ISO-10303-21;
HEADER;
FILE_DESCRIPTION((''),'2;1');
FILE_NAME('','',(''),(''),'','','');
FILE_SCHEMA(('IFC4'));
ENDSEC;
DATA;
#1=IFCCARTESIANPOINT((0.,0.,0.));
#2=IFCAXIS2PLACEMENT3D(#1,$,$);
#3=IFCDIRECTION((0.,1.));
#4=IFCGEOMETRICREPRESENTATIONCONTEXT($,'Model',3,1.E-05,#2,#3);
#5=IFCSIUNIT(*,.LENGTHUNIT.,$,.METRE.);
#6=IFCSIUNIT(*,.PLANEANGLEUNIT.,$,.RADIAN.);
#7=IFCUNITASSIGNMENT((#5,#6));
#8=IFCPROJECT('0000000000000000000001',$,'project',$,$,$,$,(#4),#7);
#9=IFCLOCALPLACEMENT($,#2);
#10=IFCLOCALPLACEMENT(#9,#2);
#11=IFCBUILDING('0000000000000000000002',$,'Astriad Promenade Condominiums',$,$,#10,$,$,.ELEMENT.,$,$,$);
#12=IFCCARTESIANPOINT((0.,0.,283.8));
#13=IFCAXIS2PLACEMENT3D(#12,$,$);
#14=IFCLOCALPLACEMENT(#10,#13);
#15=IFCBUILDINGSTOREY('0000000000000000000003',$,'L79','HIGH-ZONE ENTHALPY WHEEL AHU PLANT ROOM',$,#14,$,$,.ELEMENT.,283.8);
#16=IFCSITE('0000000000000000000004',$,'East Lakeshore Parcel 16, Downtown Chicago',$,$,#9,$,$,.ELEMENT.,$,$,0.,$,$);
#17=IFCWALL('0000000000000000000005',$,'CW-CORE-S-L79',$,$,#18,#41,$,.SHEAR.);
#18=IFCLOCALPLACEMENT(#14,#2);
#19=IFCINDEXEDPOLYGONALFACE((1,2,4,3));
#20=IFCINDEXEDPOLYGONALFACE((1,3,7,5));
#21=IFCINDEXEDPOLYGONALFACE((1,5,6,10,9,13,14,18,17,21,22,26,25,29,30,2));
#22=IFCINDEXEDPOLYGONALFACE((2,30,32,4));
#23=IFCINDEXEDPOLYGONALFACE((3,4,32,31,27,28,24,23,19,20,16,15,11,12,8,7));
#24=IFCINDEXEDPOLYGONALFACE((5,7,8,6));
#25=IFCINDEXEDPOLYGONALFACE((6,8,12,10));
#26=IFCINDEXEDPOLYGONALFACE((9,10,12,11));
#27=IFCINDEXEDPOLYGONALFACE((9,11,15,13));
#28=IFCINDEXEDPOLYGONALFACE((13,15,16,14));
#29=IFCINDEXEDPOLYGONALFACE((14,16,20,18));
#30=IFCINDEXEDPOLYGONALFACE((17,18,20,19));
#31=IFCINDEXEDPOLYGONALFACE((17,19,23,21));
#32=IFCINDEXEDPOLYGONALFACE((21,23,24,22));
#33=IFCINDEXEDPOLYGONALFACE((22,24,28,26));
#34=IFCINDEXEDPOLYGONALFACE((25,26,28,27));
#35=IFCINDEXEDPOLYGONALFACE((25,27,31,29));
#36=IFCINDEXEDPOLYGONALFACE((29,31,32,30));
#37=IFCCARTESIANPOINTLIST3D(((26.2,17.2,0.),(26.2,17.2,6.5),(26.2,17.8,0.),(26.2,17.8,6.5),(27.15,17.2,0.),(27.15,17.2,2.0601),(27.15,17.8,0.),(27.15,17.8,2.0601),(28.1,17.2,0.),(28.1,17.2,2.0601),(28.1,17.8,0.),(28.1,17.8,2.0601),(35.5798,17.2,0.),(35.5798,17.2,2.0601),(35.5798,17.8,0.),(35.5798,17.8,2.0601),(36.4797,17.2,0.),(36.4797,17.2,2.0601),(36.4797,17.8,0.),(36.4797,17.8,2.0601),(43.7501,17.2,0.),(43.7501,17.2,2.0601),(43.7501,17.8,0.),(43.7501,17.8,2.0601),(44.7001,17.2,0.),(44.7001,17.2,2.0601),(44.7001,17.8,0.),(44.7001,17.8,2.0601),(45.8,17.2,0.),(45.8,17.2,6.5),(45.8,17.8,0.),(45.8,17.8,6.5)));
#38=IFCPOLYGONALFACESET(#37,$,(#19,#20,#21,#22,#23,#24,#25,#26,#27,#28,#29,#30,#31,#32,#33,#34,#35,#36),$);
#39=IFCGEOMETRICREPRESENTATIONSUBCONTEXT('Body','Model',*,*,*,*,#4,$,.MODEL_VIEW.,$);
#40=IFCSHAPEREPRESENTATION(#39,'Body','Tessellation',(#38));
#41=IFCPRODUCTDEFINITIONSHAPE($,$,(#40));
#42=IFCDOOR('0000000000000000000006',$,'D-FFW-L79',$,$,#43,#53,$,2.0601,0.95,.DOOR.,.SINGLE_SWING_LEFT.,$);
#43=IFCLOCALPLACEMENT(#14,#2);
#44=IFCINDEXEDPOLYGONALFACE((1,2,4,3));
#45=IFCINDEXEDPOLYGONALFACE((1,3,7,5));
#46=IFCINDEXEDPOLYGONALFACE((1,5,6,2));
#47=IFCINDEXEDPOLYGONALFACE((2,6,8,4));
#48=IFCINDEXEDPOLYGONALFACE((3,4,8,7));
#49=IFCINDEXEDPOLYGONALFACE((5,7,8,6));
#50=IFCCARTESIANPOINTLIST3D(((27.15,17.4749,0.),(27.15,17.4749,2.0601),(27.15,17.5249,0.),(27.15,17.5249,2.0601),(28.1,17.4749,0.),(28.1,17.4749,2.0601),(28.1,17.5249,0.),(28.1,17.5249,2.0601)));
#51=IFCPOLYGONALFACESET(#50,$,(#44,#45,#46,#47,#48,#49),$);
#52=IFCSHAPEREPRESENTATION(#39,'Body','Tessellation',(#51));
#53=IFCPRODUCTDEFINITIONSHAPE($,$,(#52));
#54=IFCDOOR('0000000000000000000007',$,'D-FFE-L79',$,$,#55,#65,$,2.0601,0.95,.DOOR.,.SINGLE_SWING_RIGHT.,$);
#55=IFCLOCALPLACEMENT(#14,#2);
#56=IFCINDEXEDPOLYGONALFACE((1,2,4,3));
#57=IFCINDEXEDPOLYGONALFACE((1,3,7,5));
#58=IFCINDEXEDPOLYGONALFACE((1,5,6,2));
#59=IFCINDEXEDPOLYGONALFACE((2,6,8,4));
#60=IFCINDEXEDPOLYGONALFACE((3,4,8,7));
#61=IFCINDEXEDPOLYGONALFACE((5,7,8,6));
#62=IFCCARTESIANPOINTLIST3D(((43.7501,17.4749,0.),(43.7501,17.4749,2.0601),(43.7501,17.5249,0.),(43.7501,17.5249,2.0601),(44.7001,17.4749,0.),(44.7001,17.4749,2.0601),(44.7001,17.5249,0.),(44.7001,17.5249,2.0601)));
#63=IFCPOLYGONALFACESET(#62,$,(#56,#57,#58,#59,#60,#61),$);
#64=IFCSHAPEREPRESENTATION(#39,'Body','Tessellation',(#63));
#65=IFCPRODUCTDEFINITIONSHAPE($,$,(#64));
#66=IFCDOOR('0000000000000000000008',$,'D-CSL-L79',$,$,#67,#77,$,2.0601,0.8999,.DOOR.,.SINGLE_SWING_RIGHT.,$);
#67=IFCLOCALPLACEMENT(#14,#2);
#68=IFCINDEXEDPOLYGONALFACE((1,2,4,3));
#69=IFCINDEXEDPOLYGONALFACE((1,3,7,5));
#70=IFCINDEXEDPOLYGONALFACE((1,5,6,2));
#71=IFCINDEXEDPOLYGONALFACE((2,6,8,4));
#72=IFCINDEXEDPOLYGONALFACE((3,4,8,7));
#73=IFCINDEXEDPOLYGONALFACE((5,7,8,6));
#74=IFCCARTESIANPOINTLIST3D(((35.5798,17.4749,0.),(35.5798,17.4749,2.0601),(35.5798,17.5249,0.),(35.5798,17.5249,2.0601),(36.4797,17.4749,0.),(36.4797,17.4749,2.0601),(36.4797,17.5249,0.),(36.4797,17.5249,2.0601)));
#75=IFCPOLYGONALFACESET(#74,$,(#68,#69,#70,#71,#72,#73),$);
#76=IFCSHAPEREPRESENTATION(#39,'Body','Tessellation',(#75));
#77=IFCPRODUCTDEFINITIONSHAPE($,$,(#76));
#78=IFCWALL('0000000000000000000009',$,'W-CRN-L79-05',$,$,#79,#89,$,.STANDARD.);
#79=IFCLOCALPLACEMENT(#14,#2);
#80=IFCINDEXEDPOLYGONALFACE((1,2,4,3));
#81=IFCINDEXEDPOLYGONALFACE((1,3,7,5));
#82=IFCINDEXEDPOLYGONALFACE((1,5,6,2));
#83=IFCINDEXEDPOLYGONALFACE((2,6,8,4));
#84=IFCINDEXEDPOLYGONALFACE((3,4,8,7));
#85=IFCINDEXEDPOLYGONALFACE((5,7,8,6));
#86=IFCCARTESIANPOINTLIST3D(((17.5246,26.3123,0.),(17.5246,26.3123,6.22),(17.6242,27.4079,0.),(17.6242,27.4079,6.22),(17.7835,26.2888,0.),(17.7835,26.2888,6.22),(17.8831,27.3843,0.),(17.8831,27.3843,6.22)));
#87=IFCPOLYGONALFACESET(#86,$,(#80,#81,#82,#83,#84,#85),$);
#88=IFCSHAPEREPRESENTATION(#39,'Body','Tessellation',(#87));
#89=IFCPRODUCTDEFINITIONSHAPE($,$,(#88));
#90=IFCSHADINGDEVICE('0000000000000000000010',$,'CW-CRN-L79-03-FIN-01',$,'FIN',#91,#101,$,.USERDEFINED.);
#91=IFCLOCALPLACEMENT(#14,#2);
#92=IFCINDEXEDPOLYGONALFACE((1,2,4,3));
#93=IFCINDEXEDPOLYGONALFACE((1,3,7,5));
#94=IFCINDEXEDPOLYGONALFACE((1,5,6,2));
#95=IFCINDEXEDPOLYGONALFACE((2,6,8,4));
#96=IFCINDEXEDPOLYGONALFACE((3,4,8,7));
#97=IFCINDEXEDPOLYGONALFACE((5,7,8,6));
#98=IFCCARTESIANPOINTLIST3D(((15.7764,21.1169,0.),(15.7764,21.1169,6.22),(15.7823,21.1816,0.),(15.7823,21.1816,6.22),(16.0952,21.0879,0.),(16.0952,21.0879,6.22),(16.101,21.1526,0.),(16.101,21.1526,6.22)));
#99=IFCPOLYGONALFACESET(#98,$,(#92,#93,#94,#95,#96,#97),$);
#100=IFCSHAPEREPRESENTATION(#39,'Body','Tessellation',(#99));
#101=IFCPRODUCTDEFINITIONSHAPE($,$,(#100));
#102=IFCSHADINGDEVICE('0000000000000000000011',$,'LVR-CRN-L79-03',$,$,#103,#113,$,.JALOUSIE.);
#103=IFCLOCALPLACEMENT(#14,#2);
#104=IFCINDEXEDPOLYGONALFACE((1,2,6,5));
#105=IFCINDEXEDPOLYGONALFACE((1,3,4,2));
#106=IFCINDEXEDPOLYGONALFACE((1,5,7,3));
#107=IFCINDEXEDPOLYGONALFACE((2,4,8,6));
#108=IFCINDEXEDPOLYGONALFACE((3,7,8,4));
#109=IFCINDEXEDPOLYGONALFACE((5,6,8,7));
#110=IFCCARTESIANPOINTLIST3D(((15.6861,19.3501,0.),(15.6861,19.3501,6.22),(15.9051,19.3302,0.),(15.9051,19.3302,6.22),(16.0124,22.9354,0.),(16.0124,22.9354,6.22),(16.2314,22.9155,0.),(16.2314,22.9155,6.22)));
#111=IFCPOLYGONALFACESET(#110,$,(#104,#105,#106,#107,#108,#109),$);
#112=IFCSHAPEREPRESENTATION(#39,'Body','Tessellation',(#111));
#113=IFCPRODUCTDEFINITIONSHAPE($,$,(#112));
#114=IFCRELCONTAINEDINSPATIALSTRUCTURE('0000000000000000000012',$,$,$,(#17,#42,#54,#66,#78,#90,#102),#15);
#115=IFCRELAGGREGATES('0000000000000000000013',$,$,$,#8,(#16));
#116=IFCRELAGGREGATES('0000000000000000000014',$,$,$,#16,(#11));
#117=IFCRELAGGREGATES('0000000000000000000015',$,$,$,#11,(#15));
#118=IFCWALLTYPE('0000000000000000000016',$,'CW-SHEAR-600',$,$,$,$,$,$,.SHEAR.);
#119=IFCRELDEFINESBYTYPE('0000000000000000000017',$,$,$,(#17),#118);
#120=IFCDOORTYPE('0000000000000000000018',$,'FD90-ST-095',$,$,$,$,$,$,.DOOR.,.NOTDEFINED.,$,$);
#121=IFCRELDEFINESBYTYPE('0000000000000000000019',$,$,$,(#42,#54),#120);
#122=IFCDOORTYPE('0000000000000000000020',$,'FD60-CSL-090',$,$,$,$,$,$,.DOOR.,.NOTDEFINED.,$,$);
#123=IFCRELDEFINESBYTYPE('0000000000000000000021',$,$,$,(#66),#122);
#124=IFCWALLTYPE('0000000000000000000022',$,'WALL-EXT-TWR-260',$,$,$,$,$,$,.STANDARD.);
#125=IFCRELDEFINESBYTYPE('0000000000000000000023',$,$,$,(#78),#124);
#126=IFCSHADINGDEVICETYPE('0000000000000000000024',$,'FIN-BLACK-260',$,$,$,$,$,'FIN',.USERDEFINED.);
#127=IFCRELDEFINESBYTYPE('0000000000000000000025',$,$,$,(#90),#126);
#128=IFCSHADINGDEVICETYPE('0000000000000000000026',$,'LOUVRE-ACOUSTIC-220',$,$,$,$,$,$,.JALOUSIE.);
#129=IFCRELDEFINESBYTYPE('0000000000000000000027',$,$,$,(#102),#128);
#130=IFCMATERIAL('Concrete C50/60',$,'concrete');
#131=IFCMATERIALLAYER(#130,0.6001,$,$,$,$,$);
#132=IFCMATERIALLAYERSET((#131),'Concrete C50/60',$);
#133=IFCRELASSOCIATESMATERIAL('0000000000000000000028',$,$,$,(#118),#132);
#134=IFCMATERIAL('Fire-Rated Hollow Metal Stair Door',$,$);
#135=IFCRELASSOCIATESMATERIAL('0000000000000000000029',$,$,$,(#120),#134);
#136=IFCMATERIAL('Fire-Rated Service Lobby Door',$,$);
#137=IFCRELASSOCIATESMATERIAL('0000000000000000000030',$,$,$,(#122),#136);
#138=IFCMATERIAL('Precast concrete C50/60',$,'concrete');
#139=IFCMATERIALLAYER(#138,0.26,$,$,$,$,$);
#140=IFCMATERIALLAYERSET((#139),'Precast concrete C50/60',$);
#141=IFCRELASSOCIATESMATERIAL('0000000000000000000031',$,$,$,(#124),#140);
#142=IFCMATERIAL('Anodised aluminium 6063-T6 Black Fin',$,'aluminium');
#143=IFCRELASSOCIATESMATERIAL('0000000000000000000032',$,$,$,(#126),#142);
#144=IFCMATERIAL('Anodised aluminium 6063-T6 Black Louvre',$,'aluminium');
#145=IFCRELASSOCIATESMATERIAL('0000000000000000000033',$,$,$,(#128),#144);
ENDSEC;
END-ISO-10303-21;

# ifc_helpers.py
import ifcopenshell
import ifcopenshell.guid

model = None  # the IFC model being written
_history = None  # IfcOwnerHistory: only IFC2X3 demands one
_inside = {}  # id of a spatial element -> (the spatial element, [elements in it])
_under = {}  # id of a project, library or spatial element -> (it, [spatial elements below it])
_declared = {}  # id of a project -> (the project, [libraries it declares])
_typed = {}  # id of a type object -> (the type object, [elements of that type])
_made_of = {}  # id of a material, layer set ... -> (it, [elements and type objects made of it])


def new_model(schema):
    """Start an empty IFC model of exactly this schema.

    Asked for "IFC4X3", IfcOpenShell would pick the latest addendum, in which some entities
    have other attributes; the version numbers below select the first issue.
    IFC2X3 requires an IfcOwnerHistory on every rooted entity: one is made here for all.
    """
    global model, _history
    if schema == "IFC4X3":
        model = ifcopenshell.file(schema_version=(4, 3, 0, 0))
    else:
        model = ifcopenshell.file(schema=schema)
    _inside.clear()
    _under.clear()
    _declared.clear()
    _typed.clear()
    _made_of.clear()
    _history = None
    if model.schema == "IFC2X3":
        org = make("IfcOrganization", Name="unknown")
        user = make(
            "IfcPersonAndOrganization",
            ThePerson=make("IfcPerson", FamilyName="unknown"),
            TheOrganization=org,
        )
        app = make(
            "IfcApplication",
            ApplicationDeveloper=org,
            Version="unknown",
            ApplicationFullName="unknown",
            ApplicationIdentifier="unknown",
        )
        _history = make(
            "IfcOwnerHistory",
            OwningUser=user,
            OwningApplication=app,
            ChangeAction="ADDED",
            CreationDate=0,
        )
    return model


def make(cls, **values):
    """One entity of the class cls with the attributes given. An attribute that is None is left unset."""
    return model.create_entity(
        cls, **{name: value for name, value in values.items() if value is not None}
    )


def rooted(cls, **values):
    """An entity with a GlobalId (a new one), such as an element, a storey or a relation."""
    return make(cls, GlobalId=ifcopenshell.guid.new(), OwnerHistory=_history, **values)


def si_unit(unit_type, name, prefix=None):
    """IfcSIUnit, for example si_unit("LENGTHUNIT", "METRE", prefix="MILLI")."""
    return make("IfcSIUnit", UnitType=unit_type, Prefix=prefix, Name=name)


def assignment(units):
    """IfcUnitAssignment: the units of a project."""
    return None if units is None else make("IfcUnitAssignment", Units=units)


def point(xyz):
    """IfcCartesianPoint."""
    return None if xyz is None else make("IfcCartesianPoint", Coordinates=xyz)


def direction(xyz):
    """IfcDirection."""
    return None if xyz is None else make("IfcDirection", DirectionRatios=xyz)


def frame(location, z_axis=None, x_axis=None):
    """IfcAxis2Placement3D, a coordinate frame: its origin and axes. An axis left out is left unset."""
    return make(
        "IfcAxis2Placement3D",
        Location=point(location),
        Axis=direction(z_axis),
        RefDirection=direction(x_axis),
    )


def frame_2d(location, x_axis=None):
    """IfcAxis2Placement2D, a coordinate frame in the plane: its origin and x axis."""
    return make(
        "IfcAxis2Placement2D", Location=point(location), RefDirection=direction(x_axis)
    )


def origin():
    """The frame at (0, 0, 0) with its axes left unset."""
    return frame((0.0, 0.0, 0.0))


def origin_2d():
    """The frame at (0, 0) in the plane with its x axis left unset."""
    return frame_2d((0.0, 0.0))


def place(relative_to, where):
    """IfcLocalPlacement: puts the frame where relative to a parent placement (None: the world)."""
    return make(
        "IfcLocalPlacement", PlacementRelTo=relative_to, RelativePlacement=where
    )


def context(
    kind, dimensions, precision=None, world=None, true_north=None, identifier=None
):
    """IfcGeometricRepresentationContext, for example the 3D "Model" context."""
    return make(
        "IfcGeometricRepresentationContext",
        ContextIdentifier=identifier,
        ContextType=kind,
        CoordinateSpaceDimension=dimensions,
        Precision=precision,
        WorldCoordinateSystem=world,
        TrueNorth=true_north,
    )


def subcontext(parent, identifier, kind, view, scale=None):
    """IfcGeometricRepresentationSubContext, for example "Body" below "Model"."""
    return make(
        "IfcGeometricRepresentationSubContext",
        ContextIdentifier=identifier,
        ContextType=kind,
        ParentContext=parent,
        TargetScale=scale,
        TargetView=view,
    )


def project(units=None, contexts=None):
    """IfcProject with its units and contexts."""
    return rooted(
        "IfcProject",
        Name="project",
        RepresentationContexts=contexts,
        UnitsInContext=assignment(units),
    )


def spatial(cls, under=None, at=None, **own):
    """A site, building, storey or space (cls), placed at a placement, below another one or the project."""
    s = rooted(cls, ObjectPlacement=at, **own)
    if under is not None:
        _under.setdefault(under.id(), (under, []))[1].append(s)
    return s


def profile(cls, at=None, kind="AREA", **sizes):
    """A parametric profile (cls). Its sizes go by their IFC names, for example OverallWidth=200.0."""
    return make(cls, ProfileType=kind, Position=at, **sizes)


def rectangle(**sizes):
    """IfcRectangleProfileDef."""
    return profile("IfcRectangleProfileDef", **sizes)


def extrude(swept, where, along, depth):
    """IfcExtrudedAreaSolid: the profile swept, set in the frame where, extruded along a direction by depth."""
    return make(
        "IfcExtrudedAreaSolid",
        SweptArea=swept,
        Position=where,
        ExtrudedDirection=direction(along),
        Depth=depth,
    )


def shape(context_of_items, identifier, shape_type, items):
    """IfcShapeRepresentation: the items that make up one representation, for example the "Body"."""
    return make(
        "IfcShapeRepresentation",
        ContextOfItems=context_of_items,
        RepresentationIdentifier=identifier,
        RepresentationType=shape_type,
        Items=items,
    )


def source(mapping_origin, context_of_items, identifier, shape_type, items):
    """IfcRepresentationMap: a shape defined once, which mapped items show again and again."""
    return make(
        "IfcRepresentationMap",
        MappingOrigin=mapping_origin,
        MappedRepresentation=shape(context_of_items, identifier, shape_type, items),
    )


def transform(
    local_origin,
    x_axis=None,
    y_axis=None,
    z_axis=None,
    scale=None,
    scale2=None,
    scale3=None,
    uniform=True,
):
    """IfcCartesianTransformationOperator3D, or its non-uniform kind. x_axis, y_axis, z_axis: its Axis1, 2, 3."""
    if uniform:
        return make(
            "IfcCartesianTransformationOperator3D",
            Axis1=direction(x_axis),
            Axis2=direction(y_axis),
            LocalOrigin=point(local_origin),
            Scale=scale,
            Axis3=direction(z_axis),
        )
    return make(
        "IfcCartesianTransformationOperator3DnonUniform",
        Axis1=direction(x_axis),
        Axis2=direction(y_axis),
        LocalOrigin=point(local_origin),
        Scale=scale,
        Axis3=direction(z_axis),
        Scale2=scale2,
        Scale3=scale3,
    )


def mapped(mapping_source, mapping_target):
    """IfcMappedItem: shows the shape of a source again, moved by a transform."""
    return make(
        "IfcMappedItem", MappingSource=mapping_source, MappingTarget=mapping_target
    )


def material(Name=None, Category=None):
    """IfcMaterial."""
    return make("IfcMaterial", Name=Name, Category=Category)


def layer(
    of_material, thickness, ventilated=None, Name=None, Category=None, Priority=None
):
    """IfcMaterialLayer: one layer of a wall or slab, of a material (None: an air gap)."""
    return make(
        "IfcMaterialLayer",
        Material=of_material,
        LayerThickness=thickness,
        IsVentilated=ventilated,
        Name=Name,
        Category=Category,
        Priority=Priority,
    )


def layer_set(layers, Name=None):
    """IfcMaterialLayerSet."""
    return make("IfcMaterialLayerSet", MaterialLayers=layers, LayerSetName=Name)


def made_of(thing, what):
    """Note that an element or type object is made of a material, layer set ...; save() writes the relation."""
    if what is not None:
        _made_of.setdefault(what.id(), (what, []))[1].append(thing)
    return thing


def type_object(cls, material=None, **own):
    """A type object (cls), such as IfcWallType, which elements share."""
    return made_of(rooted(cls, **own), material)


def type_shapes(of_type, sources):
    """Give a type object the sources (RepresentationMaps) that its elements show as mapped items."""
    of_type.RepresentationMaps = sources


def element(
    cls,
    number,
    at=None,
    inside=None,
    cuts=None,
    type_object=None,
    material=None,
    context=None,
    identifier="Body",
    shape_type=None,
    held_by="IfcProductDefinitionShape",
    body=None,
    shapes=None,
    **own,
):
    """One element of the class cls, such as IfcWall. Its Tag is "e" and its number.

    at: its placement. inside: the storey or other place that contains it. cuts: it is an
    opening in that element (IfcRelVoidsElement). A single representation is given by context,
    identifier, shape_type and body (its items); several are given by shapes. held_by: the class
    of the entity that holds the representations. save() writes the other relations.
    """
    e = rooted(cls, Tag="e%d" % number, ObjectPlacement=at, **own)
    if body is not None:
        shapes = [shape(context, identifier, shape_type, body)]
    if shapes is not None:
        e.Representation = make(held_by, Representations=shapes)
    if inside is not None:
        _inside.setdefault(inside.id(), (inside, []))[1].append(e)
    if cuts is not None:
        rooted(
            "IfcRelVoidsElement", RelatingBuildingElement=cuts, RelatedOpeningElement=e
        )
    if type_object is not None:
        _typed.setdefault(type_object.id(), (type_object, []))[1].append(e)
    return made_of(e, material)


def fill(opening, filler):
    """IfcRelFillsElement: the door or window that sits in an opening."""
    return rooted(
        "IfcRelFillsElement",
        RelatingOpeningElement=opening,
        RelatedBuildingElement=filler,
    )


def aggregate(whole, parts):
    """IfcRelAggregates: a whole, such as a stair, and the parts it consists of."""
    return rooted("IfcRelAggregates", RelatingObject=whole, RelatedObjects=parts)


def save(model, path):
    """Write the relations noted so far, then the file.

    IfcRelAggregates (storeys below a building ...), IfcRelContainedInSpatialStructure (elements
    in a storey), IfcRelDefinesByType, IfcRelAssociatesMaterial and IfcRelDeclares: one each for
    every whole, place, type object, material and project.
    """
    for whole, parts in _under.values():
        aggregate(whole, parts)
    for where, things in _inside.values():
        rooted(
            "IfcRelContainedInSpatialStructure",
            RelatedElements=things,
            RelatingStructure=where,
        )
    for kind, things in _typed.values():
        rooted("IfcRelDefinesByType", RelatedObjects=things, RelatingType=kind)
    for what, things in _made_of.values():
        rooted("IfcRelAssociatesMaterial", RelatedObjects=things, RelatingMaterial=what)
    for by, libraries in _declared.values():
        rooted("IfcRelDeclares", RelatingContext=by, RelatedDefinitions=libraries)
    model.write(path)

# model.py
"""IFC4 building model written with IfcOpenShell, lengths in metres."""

from ifc_helpers import new_model, si_unit, direction, frame, frame_2d, origin, origin_2d, place, context, subcontext, project, spatial, rectangle, extrude, source, transform, mapped, material, layer, layer_set, type_object, type_shapes, element, fill, save


model = new_model("IFC4")

# Units and contexts
model_context = context("Model", 3, precision=1e-05, world=origin(), true_north=direction((0.0, 1.0)))
body_context = subcontext(model_context, "Body", "Model", "MODEL_VIEW")
ifc_project = project(units=[si_unit("LENGTHUNIT", "METRE"), si_unit("PLANEANGLEUNIT", "RADIAN")], contexts=[model_context])

# Site, building, storey
site_placement = place(None, origin())
site = spatial("IfcSite", under=ifc_project, at=site_placement, Name="East Lakeshore Parcel 16, Downtown Chicago", CompositionType="ELEMENT", RefElevation=0.0)
building_placement = place(site_placement, origin())
building = spatial("IfcBuilding", under=site, at=building_placement, Name="Astriad Promenade Condominiums", CompositionType="ELEMENT")
storey_placement = place(building_placement, frame((0.0, 0.0, 283.8)))
storey = spatial("IfcBuildingStorey", under=building, at=storey_placement, Name="L79", Description="HIGH-ZONE ENTHALPY WHEEL AHU PLANT ROOM", CompositionType="ELEMENT", Elevation=283.8)

# Shared definitions
ifc_material_1 = material(Name="Concrete C50/60", Category="concrete")

# Wall, openings, doors
ifc_layer_1 = layer(ifc_material_1, 0.6001)
ifc_layer_set_1 = layer_set([ifc_layer_1], Name="Concrete C50/60")
wall_type_1 = type_object("IfcWallType", Name="CW-SHEAR-600", PredefinedType="SHEAR", material=ifc_layer_set_1)
wall_1_placement = place(storey_placement, frame((26.2, 17.5, 0.0), z_axis=(0.0, 0.0, 1.0), x_axis=(1.0, 0.0, 0.0)))
wall_1 = element("IfcWall", 1, at=wall_1_placement, inside=storey, type_object=wall_type_1, Name="CW-CORE-S-L79", PredefinedType="SHEAR", context=body_context, shape_type="SweptSolid", body=[
    extrude(rectangle(XDim=19.6001, YDim=0.6001, at=frame_2d((9.8, 0.0))), origin(), (0.0, 0.0, 1.0), 6.5),
])
opening_1_placement = place(wall_1_placement, frame((0.95, 0.0, 0.0)))
opening_1 = element("IfcOpeningElement", 2, at=opening_1_placement, cuts=wall_1, PredefinedType="OPENING", context=body_context, shape_type="SweptSolid", body=[
    extrude(rectangle(XDim=0.95, YDim=2.0601, at=frame_2d((0.4751, 1.03))), frame((0.0, 0.3101, 0.0), z_axis=(0.0, -1.0, 0.0), x_axis=(1.0, 0.0, 0.0)), (0.0, 0.0, 1.0), 0.6201),
])
opening_2_placement = place(wall_1_placement, frame((9.3799, 0.0, 0.0)))
opening_2 = element("IfcOpeningElement", 3, at=opening_2_placement, cuts=wall_1, PredefinedType="OPENING", context=body_context, shape_type="SweptSolid", body=[
    extrude(rectangle(XDim=0.8999, YDim=2.0601, at=frame_2d((0.45, 1.03))), frame((0.0, 0.3101, 0.0), z_axis=(0.0, -1.0, 0.0), x_axis=(1.0, 0.0, 0.0)), (0.0, 0.0, 1.0), 0.6201),
])
opening_3_placement = place(wall_1_placement, frame((17.55, 0.0, 0.0)))
opening_3 = element("IfcOpeningElement", 4, at=opening_3_placement, cuts=wall_1, PredefinedType="OPENING", context=body_context, shape_type="SweptSolid", body=[
    extrude(rectangle(XDim=0.95, YDim=2.0601, at=frame_2d((0.4751, 1.03))), frame((0.0, 0.3101, 0.0), z_axis=(0.0, -1.0, 0.0), x_axis=(1.0, 0.0, 0.0)), (0.0, 0.0, 1.0), 0.6201),
])
ifc_material_2 = material(Name="Fire-Rated Hollow Metal Stair Door")
door_type_1 = type_object("IfcDoorType", Name="FD90-ST-095", OperationType="NOTDEFINED", PredefinedType="DOOR", material=ifc_material_2)
shared_shape_1 = source(origin(), body_context, "Body", "SweptSolid", [
    extrude(rectangle(XDim=0.95, YDim=2.0601, at=frame_2d((0.4751, 1.03))), frame((0.0, 0.0249, 0.0), z_axis=(0.0, -1.0, 0.0), x_axis=(1.0, 0.0, 0.0)), (0.0, 0.0, 1.0), 0.05),
])
type_shapes(door_type_1, [shared_shape_1])
door_1_placement = place(opening_1_placement, origin())
door_1 = element("IfcDoor", 5, at=door_1_placement, inside=storey, type_object=door_type_1, Name="D-FFW-L79", OperationType="SINGLE_SWING_LEFT", OverallHeight=2.0601, OverallWidth=0.95, PredefinedType="DOOR", context=body_context, shape_type="MappedRepresentation", body=[
    mapped(shared_shape_1, transform((0.0, 0.0, 0.0), scale=1.0)),
])
fill(opening_1, door_1)
door_2_placement = place(opening_3_placement, origin())
door_2 = element("IfcDoor", 6, at=door_2_placement, inside=storey, type_object=door_type_1, Name="D-FFE-L79", OperationType="SINGLE_SWING_RIGHT", OverallHeight=2.0601, OverallWidth=0.95, PredefinedType="DOOR", context=body_context, shape_type="MappedRepresentation", body=[
    mapped(shared_shape_1, transform((0.0, 0.0, 0.0), scale=1.0)),
])
fill(opening_3, door_2)
ifc_material_3 = material(Name="Fire-Rated Service Lobby Door")
door_type_2 = type_object("IfcDoorType", Name="FD60-CSL-090", OperationType="NOTDEFINED", PredefinedType="DOOR", material=ifc_material_3)
shared_shape_2 = source(origin(), body_context, "Body", "SweptSolid", [
    extrude(rectangle(XDim=0.8999, YDim=2.0601, at=frame_2d((0.45, 1.03))), frame((0.0, 0.0249, 0.0), z_axis=(0.0, -1.0, 0.0), x_axis=(1.0, 0.0, 0.0)), (0.0, 0.0, 1.0), 0.05),
])
type_shapes(door_type_2, [shared_shape_2])
door_3_placement = place(opening_2_placement, origin())
door_3 = element("IfcDoor", 7, at=door_3_placement, inside=storey, type_object=door_type_2, Name="D-CSL-L79", OperationType="SINGLE_SWING_RIGHT", OverallHeight=2.0601, OverallWidth=0.8999, PredefinedType="DOOR", context=body_context, shape_type="MappedRepresentation", body=[
    mapped(shared_shape_2, transform((0.0, 0.0, 0.0), scale=1.0)),
])
fill(opening_2, door_3)

# Wall
ifc_material_4 = material(Name="Precast concrete C50/60", Category="concrete")
ifc_layer_2 = layer(ifc_material_4, 0.26)
ifc_layer_set_2 = layer_set([ifc_layer_2], Name="Precast concrete C50/60")
wall_type_2 = type_object("IfcWallType", Name="WALL-EXT-TWR-260", PredefinedType="STANDARD", material=ifc_layer_set_2)
wall_2_placement = place(storey_placement, frame((17.6541, 26.3005, 0.0), z_axis=(0.0, 0.0, 1.0), x_axis=(0.090556, 0.995891, 0.0)))
element("IfcWall", 8, at=wall_2_placement, inside=storey, type_object=wall_type_2, Name="W-CRN-L79-05", PredefinedType="STANDARD", context=body_context, shape_type="SweptSolid", body=[
    extrude(rectangle(XDim=1.1001, YDim=0.26, at=frame_2d((0.55, 0.0))), origin(), (0.0, 0.0, 1.0), 6.22),
])

# Shading devices
ifc_material_5 = material(Name="Anodised aluminium 6063-T6 Black Fin", Category="aluminium")
shading_device_type_1 = type_object("IfcShadingDeviceType", Name="FIN-BLACK-260", ElementType="FIN", PredefinedType="USERDEFINED", material=ifc_material_5)
shared_shape_3 = source(origin(), body_context, "Body", "SweptSolid", [
    extrude(rectangle(XDim=0.0649, YDim=0.3201, at=origin_2d()), origin(), (0.0, 0.0, 1.0), 6.22),
])
type_shapes(shading_device_type_1, [shared_shape_3])
shading_device_1_placement = place(storey_placement, frame((15.9387, 21.1348, 0.0), z_axis=(0.0, 0.0, 1.0), x_axis=(0.090633, 0.995884, 0.0)))
element("IfcShadingDevice", 9, at=shading_device_1_placement, inside=storey, type_object=shading_device_type_1, Name="CW-CRN-L79-03-FIN-01", ObjectType="FIN", PredefinedType="USERDEFINED", context=body_context, shape_type="MappedRepresentation", body=[
    mapped(shared_shape_3, transform((0.0, 0.0, 0.0), scale=1.0)),
])
ifc_material_6 = material(Name="Anodised aluminium 6063-T6 Black Louvre", Category="aluminium")
shading_device_type_2 = type_object("IfcShadingDeviceType", Name="LOUVRE-ACOUSTIC-220", PredefinedType="JALOUSIE", material=ifc_material_6)
shared_shape_4 = source(origin(), body_context, "Body", "SweptSolid", [
    extrude(rectangle(XDim=3.6001, YDim=0.22, at=origin_2d()), origin(), (0.0, 0.0, 1.0), 6.22),
])
type_shapes(shading_device_type_2, [shared_shape_4])
shading_device_2_placement = place(storey_placement, frame((15.9587, 21.1328, 0.0), z_axis=(0.0, 0.0, 1.0), x_axis=(0.090633, 0.995884, 0.0)))
element("IfcShadingDevice", 10, at=shading_device_2_placement, inside=storey, type_object=shading_device_type_2, Name="LVR-CRN-L79-03", PredefinedType="JALOUSIE", context=body_context, shape_type="MappedRepresentation", body=[
    mapped(shared_shape_4, transform((0.0, 0.0, 0.0), scale=1.0)),
])

save(model, "model.ifc")
